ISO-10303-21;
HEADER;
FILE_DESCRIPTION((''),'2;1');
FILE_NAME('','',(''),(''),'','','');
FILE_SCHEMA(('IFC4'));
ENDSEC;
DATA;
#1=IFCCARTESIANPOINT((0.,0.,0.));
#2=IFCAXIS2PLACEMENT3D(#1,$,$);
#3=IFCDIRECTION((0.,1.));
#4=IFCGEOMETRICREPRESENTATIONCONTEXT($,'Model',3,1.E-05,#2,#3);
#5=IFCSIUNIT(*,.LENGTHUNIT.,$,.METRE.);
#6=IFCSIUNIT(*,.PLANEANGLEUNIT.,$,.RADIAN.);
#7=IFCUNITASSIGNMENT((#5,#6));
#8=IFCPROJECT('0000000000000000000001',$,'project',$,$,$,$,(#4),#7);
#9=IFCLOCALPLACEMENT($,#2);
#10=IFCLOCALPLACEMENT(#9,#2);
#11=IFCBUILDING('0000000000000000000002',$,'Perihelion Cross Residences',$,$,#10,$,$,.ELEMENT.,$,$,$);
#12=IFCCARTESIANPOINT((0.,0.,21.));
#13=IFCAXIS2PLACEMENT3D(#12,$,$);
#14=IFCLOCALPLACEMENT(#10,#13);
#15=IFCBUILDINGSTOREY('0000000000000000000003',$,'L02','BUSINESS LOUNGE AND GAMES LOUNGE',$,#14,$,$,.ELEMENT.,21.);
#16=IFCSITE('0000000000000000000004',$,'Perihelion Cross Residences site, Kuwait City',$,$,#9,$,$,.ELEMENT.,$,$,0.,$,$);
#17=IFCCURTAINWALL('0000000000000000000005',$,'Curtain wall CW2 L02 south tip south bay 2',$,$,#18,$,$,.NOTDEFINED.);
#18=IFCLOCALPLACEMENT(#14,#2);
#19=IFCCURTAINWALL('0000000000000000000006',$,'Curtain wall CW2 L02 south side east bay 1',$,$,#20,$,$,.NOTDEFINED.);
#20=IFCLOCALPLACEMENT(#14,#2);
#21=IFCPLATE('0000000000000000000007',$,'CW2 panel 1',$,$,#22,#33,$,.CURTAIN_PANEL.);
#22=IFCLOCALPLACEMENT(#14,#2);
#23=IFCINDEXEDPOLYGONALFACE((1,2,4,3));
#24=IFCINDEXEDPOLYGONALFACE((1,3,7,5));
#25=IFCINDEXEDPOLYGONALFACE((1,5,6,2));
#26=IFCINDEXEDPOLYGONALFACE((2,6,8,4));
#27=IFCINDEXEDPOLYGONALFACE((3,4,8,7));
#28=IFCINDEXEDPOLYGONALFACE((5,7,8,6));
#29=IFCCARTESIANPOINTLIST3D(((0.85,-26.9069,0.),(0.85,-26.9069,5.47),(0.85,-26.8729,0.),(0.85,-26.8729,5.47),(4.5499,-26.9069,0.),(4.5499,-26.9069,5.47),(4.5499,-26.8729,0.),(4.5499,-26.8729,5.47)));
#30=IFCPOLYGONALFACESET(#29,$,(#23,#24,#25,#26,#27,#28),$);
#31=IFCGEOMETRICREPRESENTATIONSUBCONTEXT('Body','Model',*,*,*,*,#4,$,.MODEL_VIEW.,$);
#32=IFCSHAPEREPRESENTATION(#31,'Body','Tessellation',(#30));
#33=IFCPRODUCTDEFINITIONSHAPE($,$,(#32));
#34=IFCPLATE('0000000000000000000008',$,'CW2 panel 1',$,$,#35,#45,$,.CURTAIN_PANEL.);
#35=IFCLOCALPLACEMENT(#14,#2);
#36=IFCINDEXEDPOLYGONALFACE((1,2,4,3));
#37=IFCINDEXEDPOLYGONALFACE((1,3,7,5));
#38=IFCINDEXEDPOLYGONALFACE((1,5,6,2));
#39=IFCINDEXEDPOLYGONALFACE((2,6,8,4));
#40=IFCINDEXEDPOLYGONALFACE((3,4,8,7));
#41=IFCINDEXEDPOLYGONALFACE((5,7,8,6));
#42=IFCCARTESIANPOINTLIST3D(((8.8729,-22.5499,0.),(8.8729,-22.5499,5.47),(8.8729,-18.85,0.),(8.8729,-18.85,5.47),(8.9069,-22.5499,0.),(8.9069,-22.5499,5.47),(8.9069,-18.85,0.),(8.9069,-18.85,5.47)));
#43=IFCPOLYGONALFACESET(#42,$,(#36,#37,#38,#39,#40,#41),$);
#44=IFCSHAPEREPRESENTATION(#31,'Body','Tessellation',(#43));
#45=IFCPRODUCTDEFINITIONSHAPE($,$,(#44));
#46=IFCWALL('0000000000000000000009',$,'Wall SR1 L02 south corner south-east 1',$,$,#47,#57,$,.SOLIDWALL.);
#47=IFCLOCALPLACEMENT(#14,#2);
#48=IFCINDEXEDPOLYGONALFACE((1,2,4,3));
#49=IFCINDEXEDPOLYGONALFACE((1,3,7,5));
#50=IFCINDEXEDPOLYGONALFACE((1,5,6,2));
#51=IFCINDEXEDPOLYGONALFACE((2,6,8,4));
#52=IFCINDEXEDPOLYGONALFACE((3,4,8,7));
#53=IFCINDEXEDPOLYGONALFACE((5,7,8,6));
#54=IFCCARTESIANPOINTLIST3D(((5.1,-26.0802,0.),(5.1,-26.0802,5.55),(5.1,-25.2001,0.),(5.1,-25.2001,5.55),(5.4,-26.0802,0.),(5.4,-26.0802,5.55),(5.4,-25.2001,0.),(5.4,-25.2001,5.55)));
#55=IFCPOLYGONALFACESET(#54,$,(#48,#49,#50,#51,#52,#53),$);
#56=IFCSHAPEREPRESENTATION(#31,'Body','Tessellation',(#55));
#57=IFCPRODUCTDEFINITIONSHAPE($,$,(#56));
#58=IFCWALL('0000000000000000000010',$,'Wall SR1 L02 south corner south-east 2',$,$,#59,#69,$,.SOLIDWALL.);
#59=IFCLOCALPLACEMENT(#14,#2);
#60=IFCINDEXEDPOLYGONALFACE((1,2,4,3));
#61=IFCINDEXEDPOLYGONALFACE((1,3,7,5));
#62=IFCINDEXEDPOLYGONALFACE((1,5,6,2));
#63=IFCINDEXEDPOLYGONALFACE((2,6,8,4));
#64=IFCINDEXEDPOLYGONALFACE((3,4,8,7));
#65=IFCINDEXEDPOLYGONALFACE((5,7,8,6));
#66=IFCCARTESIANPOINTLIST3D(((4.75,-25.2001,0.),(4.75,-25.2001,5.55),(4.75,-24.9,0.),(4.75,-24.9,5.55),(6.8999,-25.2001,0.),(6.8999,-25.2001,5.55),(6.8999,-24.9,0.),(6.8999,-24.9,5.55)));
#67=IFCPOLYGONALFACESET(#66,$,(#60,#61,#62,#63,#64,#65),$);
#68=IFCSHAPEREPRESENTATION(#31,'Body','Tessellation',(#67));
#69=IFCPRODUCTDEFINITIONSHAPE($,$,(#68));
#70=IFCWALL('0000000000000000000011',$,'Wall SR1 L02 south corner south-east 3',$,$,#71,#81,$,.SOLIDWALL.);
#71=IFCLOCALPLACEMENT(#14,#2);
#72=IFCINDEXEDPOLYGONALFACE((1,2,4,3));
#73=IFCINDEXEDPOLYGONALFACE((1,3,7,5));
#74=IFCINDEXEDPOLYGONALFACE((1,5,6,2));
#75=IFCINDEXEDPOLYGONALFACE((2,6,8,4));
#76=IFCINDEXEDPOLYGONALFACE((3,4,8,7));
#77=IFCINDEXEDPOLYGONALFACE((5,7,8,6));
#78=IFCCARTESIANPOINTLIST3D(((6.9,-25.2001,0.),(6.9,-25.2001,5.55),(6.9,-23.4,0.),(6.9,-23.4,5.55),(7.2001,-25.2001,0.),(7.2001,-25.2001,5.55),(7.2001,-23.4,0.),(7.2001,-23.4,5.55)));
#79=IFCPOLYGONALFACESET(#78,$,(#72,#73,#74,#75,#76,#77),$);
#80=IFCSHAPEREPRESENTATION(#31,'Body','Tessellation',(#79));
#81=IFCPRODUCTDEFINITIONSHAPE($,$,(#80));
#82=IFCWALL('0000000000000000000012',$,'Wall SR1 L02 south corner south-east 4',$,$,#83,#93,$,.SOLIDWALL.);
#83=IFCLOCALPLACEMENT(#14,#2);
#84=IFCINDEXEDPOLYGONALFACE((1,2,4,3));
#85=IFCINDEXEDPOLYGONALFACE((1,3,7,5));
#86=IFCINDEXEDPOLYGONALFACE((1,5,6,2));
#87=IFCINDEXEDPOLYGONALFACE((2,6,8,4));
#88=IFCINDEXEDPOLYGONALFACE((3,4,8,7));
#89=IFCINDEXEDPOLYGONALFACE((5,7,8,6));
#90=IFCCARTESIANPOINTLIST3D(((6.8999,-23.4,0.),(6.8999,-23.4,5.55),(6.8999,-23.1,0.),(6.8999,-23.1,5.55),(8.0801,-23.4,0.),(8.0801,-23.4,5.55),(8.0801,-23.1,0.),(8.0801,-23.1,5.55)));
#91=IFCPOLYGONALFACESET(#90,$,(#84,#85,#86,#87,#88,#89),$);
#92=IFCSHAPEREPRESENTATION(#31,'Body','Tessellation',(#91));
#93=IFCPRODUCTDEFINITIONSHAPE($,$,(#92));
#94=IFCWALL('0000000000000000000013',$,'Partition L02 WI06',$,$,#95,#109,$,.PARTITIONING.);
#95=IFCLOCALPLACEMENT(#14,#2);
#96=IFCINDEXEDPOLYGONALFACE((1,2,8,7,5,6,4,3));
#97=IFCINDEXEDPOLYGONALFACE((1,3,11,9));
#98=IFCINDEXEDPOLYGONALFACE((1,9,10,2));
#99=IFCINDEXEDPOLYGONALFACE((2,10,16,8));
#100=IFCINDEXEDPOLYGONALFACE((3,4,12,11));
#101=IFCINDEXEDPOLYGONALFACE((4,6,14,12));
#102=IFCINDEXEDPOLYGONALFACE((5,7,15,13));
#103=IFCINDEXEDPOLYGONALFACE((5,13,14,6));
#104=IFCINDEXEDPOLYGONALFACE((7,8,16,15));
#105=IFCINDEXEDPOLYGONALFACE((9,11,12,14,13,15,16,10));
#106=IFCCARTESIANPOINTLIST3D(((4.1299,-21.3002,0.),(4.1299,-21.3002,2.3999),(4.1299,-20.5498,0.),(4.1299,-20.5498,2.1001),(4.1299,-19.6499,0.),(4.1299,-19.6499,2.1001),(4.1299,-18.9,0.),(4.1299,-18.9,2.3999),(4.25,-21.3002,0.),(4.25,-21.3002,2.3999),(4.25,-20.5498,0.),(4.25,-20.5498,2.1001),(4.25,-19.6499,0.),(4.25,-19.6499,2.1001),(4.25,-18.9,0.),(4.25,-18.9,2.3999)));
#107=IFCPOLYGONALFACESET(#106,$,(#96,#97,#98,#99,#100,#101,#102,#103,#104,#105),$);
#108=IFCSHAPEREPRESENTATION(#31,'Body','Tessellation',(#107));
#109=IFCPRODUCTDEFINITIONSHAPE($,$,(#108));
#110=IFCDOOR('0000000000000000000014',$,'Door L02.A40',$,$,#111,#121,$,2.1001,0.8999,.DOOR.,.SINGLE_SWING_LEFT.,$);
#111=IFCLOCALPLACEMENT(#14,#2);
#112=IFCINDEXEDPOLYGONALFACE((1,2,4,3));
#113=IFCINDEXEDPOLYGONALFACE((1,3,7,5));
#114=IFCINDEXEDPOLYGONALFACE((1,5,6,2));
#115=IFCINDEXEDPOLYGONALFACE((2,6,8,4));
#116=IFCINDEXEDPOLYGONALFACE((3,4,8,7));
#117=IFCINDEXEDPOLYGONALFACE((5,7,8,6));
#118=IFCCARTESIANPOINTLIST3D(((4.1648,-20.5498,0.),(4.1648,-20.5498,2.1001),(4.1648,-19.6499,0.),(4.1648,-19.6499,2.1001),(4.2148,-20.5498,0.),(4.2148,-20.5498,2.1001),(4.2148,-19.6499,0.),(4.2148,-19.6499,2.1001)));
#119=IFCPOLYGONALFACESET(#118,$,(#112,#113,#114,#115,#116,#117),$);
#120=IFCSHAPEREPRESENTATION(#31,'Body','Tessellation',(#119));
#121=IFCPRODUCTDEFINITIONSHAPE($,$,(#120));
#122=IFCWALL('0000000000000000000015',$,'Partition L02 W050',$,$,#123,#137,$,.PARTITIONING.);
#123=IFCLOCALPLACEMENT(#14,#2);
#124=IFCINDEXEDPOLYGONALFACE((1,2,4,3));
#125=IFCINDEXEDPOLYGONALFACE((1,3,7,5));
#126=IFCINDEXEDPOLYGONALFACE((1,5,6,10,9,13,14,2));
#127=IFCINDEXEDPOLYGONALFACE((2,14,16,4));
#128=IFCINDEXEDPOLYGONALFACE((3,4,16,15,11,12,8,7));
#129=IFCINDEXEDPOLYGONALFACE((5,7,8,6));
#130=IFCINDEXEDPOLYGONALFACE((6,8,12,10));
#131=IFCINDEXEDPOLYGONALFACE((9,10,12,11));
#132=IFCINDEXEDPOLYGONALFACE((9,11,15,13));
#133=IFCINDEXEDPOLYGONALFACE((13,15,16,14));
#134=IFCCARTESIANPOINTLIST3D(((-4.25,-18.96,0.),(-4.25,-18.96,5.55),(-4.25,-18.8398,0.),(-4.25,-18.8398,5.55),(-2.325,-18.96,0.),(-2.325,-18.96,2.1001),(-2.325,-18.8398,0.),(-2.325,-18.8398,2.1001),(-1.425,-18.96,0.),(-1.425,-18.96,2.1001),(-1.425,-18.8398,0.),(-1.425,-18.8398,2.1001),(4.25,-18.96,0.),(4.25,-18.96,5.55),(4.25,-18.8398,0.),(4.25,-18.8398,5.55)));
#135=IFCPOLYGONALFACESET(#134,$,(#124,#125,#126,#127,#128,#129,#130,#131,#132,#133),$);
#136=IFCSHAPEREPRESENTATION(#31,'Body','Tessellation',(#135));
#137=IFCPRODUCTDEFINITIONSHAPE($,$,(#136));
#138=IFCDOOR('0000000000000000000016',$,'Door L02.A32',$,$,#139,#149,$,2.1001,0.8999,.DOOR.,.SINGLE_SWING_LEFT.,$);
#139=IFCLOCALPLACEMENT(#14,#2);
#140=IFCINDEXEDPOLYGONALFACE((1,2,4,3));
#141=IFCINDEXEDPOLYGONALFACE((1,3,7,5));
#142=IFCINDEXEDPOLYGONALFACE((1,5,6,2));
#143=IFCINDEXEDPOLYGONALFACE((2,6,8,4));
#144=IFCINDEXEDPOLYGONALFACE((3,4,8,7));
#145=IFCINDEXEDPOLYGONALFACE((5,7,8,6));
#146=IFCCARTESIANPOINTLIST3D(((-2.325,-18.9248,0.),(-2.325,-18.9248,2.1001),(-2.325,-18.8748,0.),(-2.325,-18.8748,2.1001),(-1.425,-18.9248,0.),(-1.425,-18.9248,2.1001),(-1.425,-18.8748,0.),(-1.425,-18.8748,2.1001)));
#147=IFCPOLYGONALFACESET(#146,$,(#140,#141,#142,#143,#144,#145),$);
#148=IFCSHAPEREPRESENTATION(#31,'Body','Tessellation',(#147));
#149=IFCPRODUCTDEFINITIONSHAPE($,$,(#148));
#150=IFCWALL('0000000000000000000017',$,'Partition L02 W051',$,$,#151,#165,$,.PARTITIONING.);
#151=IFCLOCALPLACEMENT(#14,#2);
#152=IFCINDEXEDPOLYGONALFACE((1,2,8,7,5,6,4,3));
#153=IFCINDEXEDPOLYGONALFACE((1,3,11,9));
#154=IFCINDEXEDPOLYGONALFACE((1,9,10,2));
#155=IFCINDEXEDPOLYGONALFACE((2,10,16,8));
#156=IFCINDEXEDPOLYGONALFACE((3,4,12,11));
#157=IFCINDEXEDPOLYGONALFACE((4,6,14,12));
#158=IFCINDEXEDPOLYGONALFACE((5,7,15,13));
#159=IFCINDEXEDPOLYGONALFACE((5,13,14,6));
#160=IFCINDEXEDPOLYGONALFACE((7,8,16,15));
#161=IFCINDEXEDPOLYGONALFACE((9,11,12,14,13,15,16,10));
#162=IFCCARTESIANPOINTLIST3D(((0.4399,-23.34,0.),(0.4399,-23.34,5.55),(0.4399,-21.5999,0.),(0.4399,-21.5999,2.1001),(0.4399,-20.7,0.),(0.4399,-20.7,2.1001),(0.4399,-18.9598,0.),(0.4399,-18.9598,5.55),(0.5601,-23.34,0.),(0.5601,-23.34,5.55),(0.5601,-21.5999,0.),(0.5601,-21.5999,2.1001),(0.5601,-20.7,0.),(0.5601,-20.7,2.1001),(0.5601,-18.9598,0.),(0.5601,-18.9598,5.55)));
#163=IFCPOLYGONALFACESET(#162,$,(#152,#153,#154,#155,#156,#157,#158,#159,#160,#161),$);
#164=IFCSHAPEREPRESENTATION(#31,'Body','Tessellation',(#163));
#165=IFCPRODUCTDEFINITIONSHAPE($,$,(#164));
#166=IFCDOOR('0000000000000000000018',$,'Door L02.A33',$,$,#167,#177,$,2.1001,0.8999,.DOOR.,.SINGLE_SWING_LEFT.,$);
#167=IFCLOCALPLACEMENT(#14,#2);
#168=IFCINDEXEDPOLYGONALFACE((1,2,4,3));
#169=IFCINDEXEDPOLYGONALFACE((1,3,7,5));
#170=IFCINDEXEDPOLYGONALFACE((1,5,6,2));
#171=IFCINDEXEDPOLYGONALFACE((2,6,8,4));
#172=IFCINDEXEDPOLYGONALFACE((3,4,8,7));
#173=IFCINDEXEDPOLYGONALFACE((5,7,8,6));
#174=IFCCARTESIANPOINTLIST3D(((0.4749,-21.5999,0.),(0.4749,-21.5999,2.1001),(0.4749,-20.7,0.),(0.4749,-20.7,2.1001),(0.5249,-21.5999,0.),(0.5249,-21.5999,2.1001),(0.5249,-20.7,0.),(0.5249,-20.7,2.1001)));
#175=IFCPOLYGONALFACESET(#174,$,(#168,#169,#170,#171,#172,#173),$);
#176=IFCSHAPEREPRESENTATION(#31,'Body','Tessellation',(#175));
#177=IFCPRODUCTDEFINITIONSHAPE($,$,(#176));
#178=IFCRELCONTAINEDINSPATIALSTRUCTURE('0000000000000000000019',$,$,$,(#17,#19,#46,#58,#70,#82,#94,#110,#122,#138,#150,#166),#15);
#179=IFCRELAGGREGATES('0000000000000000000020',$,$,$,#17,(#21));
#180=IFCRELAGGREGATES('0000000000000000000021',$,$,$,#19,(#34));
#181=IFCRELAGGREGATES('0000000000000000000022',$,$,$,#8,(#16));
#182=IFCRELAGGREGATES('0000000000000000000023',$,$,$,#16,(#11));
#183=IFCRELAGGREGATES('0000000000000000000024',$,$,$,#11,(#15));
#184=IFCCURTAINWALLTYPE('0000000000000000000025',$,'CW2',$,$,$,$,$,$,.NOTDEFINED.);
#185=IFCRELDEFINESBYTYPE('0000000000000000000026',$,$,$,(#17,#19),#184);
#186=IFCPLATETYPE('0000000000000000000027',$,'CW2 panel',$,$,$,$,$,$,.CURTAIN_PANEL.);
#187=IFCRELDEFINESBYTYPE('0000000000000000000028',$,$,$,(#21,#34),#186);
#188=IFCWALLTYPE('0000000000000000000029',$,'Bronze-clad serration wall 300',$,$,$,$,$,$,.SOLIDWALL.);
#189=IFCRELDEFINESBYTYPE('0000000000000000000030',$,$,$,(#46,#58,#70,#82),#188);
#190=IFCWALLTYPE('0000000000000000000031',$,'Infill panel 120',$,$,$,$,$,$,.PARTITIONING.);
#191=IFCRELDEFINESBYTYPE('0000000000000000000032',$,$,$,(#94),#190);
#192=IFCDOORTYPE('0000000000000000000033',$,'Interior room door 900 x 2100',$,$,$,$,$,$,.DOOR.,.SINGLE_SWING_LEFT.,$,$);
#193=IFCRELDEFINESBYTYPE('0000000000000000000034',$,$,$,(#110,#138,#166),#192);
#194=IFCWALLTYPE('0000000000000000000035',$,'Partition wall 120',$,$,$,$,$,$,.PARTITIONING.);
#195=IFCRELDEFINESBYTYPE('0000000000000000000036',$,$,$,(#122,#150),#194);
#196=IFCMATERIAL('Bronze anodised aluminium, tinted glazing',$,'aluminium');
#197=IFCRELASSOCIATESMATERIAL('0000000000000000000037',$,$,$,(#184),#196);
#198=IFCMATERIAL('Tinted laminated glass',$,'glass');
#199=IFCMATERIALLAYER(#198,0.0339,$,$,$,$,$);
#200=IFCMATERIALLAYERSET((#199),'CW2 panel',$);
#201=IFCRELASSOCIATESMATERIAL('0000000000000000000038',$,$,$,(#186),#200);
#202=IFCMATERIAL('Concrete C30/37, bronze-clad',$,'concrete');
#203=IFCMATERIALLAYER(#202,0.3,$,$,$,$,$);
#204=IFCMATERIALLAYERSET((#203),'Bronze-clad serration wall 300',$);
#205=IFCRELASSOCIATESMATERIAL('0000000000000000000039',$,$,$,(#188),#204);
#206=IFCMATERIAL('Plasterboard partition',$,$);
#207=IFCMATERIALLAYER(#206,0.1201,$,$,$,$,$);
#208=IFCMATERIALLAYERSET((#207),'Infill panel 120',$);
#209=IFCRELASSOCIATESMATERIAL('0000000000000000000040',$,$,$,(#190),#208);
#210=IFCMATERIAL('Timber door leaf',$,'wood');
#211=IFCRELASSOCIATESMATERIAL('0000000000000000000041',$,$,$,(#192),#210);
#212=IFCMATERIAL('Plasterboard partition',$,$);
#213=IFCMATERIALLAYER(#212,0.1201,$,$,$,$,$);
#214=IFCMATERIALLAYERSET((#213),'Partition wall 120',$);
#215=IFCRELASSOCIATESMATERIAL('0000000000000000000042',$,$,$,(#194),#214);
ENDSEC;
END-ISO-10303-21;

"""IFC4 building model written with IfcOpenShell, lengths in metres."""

from ifc_helpers import new_model, si_unit, direction, frame, frame_2d, origin, origin_2d, place, context, subcontext, project, spatial, rectangle, extrude, material, layer, layer_set, type_object, element, fill, aggregate, save


model = new_model("IFC4")

# Units and contexts
model_context = context("Model", 3, precision=1e-05, world=origin(), true_north=direction((0.0, 1.0)))
body_context = subcontext(model_context, "Body", "Model", "MODEL_VIEW")
ifc_project = project(units=[si_unit("LENGTHUNIT", "METRE"), si_unit("PLANEANGLEUNIT", "RADIAN")], contexts=[model_context])

# Site, building, storey
site_placement = place(None, origin())
site = spatial("IfcSite", under=ifc_project, at=site_placement, Name="Perihelion Cross Residences site, Kuwait City", CompositionType="ELEMENT", RefElevation=0.0)
building_placement = place(site_placement, origin())
building = spatial("IfcBuilding", under=site, at=building_placement, Name="Perihelion Cross Residences", CompositionType="ELEMENT")
storey_placement = place(building_placement, frame((0.0, 0.0, 21.0)))
storey = spatial("IfcBuildingStorey", under=building, at=storey_placement, Name="L02", Description="BUSINESS LOUNGE AND GAMES LOUNGE", CompositionType="ELEMENT", Elevation=21.0)

# Curtain walls
ifc_material_1 = material(Name="Bronze anodised aluminium, tinted glazing", Category="aluminium")
curtain_wall_type = type_object("IfcCurtainWallType", Name="CW2", PredefinedType="NOTDEFINED", material=ifc_material_1)
curtain_wall_1_placement = place(storey_placement, origin())
curtain_wall_1 = element("IfcCurtainWall", 1, at=curtain_wall_1_placement, inside=storey, type_object=curtain_wall_type, Name="Curtain wall CW2 L02 south tip south bay 2", PredefinedType="NOTDEFINED")
curtain_wall_2_placement = place(storey_placement, origin())
curtain_wall_2 = element("IfcCurtainWall", 2, at=curtain_wall_2_placement, inside=storey, type_object=curtain_wall_type, Name="Curtain wall CW2 L02 south side east bay 1", PredefinedType="NOTDEFINED")

# Plates
ifc_material_2 = material(Name="Tinted laminated glass", Category="glass")
ifc_layer_1 = layer(ifc_material_2, 0.0339)
ifc_layer_set_1 = layer_set([ifc_layer_1], Name="CW2 panel")
plate_type = type_object("IfcPlateType", Name="CW2 panel", PredefinedType="CURTAIN_PANEL", material=ifc_layer_set_1)
plate_1_placement = place(storey_placement, frame((2.7, -26.8899, 0.0), z_axis=(0.0, 0.0, 1.0), x_axis=(1.0, 0.0, 0.0)))
plate_1 = element("IfcPlate", 3, at=plate_1_placement, type_object=plate_type, Name="CW2 panel 1", PredefinedType="CURTAIN_PANEL", context=body_context, shape_type="SweptSolid", body=[
    extrude(rectangle(XDim=3.7, YDim=0.0339, at=origin_2d()), origin(), (0.0, 0.0, 1.0), 5.47),
])
aggregate(curtain_wall_1, [plate_1])
plate_2_placement = place(storey_placement, frame((8.8899, -20.7, 0.0), z_axis=(0.0, 0.0, 1.0), x_axis=(0.0, 1.0, 0.0)))
plate_2 = element("IfcPlate", 4, at=plate_2_placement, type_object=plate_type, Name="CW2 panel 1", PredefinedType="CURTAIN_PANEL", context=body_context, shape_type="SweptSolid", body=[
    extrude(rectangle(XDim=3.7, YDim=0.0339, at=origin_2d()), origin(), (0.0, 0.0, 1.0), 5.47),
])
aggregate(curtain_wall_2, [plate_2])

# Walls
ifc_material_3 = material(Name="Concrete C30/37, bronze-clad", Category="concrete")
ifc_layer_2 = layer(ifc_material_3, 0.3)
ifc_layer_set_2 = layer_set([ifc_layer_2], Name="Bronze-clad serration wall 300")
wall_type_1 = type_object("IfcWallType", Name="Bronze-clad serration wall 300", PredefinedType="SOLIDWALL", material=ifc_layer_set_2)
wall_1_placement = place(storey_placement, frame((5.25, -26.0801, 0.0), z_axis=(0.0, 0.0, 1.0), x_axis=(0.0, 1.0, 0.0)))
element("IfcWall", 5, at=wall_1_placement, inside=storey, type_object=wall_type_1, Name="Wall SR1 L02 south corner south-east 1", PredefinedType="SOLIDWALL", context=body_context, shape_type="SweptSolid", body=[
    extrude(rectangle(XDim=0.8801, YDim=0.3, at=frame_2d((0.4399, 0.0))), origin(), (0.0, 0.0, 1.0), 5.55),
])
wall_2_placement = place(storey_placement, frame((4.75, -25.05, 0.0), z_axis=(0.0, 0.0, 1.0), x_axis=(1.0, 0.0, 0.0)))
element("IfcWall", 6, at=wall_2_placement, inside=storey, type_object=wall_type_1, Name="Wall SR1 L02 south corner south-east 2", PredefinedType="SOLIDWALL", context=body_context, shape_type="SweptSolid", body=[
    extrude(rectangle(XDim=2.1499, YDim=0.3, at=frame_2d((1.075, 0.0))), origin(), (0.0, 0.0, 1.0), 5.55),
])
wall_3_placement = place(storey_placement, frame((7.05, -25.2, 0.0), z_axis=(0.0, 0.0, 1.0), x_axis=(0.0, 1.0, 0.0)))
element("IfcWall", 7, at=wall_3_placement, inside=storey, type_object=wall_type_1, Name="Wall SR1 L02 south corner south-east 3", PredefinedType="SOLIDWALL", context=body_context, shape_type="SweptSolid", body=[
    extrude(rectangle(XDim=1.8, YDim=0.3, at=frame_2d((0.8999, 0.0))), origin(), (0.0, 0.0, 1.0), 5.55),
])
wall_4_placement = place(storey_placement, frame((6.8999, -23.25, 0.0), z_axis=(0.0, 0.0, 1.0), x_axis=(1.0, 0.0, 0.0)))
element("IfcWall", 8, at=wall_4_placement, inside=storey, type_object=wall_type_1, Name="Wall SR1 L02 south corner south-east 4", PredefinedType="SOLIDWALL", context=body_context, shape_type="SweptSolid", body=[
    extrude(rectangle(XDim=1.1802, YDim=0.3, at=frame_2d((0.5901, 0.0))), origin(), (0.0, 0.0, 1.0), 5.55),
])

# Walls, openings, doors
ifc_material_4 = material(Name="Plasterboard partition")
ifc_layer_3 = layer(ifc_material_4, 0.1201)
ifc_layer_set_3 = layer_set([ifc_layer_3], Name="Infill panel 120")
wall_type_2 = type_object("IfcWallType", Name="Infill panel 120", PredefinedType="PARTITIONING", material=ifc_layer_set_3)
wall_5_placement = place(storey_placement, frame((4.1899, -18.8999, 0.0), z_axis=(0.0, 0.0, 1.0), x_axis=(0.0, -1.0, 0.0)))
wall_5 = element("IfcWall", 9, at=wall_5_placement, inside=storey, type_object=wall_type_2, Name="Partition L02 WI06", PredefinedType="PARTITIONING", context=body_context, shape_type="SweptSolid", body=[
    extrude(rectangle(XDim=2.4001, YDim=0.1201, at=frame_2d((1.2002, 0.0))), origin(), (0.0, 0.0, 1.0), 2.3999),
])
opening_1_placement = place(wall_5_placement, frame((0.75, 0.0, 0.0)))
opening_1 = element("IfcOpeningElement", 10, at=opening_1_placement, cuts=wall_5, PredefinedType="OPENING", context=body_context, shape_type="SweptSolid", body=[
    extrude(rectangle(XDim=0.8999, YDim=2.1001, at=frame_2d((0.45, 1.05))), frame((0.0, 0.0701, 0.0), z_axis=(0.0, -1.0, 0.0), x_axis=(1.0, 0.0, 0.0)), (0.0, 0.0, 1.0), 0.1401),
])
ifc_material_5 = material(Name="Timber door leaf", Category="wood")
door_type_1 = type_object("IfcDoorType", Name="Interior room door 900 x 2100", OperationType="SINGLE_SWING_LEFT", PredefinedType="DOOR", material=ifc_material_5)
door_1_placement = place(opening_1_placement, origin())
door_1 = element("IfcDoor", 11, at=door_1_placement, inside=storey, type_object=door_type_1, Name="Door L02.A40", OperationType="SINGLE_SWING_LEFT", OverallHeight=2.1001, OverallWidth=0.8999, PredefinedType="DOOR", context=body_context, shape_type="SweptSolid", body=[
    extrude(rectangle(XDim=0.8999, YDim=2.1001, at=frame_2d((0.45, 1.05))), frame((0.0, 0.0249, 0.0), z_axis=(0.0, -1.0, 0.0), x_axis=(1.0, 0.0, 0.0)), (0.0, 0.0, 1.0), 0.05),
])
fill(opening_1, door_1)
ifc_material_6 = material(Name="Plasterboard partition")
ifc_layer_4 = layer(ifc_material_6, 0.1201)
ifc_layer_set_4 = layer_set([ifc_layer_4], Name="Partition wall 120")
wall_type_3 = type_object("IfcWallType", Name="Partition wall 120", PredefinedType="PARTITIONING", material=ifc_layer_set_4)
wall_6_placement = place(storey_placement, frame((4.25, -18.8999, 0.0), z_axis=(0.0, 0.0, 1.0), x_axis=(-1.0, 0.0, 0.0)))
wall_6 = element("IfcWall", 12, at=wall_6_placement, inside=storey, type_object=wall_type_3, Name="Partition L02 W050", PredefinedType="PARTITIONING", context=body_context, shape_type="SweptSolid", body=[
    extrude(rectangle(XDim=8.5, YDim=0.1201, at=frame_2d((4.25, 0.0))), origin(), (0.0, 0.0, 1.0), 5.55),
])
opening_2_placement = place(wall_6_placement, frame((5.675, 0.0, 0.0)))
opening_2 = element("IfcOpeningElement", 13, at=opening_2_placement, cuts=wall_6, PredefinedType="OPENING", context=body_context, shape_type="SweptSolid", body=[
    extrude(rectangle(XDim=0.8999, YDim=2.1001, at=frame_2d((0.45, 1.05))), frame((0.0, 0.0701, 0.0), z_axis=(0.0, -1.0, 0.0), x_axis=(1.0, 0.0, 0.0)), (0.0, 0.0, 1.0), 0.1401),
])
door_2_placement = place(opening_2_placement, origin())
door_2 = element("IfcDoor", 14, at=door_2_placement, inside=storey, type_object=door_type_1, Name="Door L02.A32", OperationType="SINGLE_SWING_LEFT", OverallHeight=2.1001, OverallWidth=0.8999, PredefinedType="DOOR", context=body_context, shape_type="SweptSolid", body=[
    extrude(rectangle(XDim=0.8999, YDim=2.1001, at=frame_2d((0.45, 1.05))), frame((0.0, 0.0249, 0.0), z_axis=(0.0, -1.0, 0.0), x_axis=(1.0, 0.0, 0.0)), (0.0, 0.0, 1.0), 0.05),
])
fill(opening_2, door_2)
wall_7_placement = place(storey_placement, frame((0.5, -18.96, 0.0), z_axis=(0.0, 0.0, 1.0), x_axis=(0.0, -1.0, 0.0)))
wall_7 = element("IfcWall", 15, at=wall_7_placement, inside=storey, type_object=wall_type_3, Name="Partition L02 W051", PredefinedType="PARTITIONING", context=body_context, shape_type="SweptSolid", body=[
    extrude(rectangle(XDim=4.3801, YDim=0.1201, at=frame_2d((2.1899, 0.0))), origin(), (0.0, 0.0, 1.0), 5.55),
])
opening_3_placement = place(wall_7_placement, frame((1.74, 0.0, 0.0)))
opening_3 = element("IfcOpeningElement", 16, at=opening_3_placement, cuts=wall_7, PredefinedType="OPENING", context=body_context, shape_type="SweptSolid", body=[
    extrude(rectangle(XDim=0.8999, YDim=2.1001, at=frame_2d((0.45, 1.05))), frame((0.0, 0.0701, 0.0), z_axis=(0.0, -1.0, 0.0), x_axis=(1.0, 0.0, 0.0)), (0.0, 0.0, 1.0), 0.1401),
])
door_3_placement = place(opening_3_placement, origin())
door_3 = element("IfcDoor", 17, at=door_3_placement, inside=storey, type_object=door_type_1, Name="Door L02.A33", OperationType="SINGLE_SWING_LEFT", OverallHeight=2.1001, OverallWidth=0.8999, PredefinedType="DOOR", context=body_context, shape_type="SweptSolid", body=[
    extrude(rectangle(XDim=0.8999, YDim=2.1001, at=frame_2d((0.45, 1.05))), frame((0.0, 0.0249, 0.0), z_axis=(0.0, -1.0, 0.0), x_axis=(1.0, 0.0, 0.0)), (0.0, 0.0, 1.0), 0.05),
])
fill(opening_3, door_3)

save(model, "model.ifc")
